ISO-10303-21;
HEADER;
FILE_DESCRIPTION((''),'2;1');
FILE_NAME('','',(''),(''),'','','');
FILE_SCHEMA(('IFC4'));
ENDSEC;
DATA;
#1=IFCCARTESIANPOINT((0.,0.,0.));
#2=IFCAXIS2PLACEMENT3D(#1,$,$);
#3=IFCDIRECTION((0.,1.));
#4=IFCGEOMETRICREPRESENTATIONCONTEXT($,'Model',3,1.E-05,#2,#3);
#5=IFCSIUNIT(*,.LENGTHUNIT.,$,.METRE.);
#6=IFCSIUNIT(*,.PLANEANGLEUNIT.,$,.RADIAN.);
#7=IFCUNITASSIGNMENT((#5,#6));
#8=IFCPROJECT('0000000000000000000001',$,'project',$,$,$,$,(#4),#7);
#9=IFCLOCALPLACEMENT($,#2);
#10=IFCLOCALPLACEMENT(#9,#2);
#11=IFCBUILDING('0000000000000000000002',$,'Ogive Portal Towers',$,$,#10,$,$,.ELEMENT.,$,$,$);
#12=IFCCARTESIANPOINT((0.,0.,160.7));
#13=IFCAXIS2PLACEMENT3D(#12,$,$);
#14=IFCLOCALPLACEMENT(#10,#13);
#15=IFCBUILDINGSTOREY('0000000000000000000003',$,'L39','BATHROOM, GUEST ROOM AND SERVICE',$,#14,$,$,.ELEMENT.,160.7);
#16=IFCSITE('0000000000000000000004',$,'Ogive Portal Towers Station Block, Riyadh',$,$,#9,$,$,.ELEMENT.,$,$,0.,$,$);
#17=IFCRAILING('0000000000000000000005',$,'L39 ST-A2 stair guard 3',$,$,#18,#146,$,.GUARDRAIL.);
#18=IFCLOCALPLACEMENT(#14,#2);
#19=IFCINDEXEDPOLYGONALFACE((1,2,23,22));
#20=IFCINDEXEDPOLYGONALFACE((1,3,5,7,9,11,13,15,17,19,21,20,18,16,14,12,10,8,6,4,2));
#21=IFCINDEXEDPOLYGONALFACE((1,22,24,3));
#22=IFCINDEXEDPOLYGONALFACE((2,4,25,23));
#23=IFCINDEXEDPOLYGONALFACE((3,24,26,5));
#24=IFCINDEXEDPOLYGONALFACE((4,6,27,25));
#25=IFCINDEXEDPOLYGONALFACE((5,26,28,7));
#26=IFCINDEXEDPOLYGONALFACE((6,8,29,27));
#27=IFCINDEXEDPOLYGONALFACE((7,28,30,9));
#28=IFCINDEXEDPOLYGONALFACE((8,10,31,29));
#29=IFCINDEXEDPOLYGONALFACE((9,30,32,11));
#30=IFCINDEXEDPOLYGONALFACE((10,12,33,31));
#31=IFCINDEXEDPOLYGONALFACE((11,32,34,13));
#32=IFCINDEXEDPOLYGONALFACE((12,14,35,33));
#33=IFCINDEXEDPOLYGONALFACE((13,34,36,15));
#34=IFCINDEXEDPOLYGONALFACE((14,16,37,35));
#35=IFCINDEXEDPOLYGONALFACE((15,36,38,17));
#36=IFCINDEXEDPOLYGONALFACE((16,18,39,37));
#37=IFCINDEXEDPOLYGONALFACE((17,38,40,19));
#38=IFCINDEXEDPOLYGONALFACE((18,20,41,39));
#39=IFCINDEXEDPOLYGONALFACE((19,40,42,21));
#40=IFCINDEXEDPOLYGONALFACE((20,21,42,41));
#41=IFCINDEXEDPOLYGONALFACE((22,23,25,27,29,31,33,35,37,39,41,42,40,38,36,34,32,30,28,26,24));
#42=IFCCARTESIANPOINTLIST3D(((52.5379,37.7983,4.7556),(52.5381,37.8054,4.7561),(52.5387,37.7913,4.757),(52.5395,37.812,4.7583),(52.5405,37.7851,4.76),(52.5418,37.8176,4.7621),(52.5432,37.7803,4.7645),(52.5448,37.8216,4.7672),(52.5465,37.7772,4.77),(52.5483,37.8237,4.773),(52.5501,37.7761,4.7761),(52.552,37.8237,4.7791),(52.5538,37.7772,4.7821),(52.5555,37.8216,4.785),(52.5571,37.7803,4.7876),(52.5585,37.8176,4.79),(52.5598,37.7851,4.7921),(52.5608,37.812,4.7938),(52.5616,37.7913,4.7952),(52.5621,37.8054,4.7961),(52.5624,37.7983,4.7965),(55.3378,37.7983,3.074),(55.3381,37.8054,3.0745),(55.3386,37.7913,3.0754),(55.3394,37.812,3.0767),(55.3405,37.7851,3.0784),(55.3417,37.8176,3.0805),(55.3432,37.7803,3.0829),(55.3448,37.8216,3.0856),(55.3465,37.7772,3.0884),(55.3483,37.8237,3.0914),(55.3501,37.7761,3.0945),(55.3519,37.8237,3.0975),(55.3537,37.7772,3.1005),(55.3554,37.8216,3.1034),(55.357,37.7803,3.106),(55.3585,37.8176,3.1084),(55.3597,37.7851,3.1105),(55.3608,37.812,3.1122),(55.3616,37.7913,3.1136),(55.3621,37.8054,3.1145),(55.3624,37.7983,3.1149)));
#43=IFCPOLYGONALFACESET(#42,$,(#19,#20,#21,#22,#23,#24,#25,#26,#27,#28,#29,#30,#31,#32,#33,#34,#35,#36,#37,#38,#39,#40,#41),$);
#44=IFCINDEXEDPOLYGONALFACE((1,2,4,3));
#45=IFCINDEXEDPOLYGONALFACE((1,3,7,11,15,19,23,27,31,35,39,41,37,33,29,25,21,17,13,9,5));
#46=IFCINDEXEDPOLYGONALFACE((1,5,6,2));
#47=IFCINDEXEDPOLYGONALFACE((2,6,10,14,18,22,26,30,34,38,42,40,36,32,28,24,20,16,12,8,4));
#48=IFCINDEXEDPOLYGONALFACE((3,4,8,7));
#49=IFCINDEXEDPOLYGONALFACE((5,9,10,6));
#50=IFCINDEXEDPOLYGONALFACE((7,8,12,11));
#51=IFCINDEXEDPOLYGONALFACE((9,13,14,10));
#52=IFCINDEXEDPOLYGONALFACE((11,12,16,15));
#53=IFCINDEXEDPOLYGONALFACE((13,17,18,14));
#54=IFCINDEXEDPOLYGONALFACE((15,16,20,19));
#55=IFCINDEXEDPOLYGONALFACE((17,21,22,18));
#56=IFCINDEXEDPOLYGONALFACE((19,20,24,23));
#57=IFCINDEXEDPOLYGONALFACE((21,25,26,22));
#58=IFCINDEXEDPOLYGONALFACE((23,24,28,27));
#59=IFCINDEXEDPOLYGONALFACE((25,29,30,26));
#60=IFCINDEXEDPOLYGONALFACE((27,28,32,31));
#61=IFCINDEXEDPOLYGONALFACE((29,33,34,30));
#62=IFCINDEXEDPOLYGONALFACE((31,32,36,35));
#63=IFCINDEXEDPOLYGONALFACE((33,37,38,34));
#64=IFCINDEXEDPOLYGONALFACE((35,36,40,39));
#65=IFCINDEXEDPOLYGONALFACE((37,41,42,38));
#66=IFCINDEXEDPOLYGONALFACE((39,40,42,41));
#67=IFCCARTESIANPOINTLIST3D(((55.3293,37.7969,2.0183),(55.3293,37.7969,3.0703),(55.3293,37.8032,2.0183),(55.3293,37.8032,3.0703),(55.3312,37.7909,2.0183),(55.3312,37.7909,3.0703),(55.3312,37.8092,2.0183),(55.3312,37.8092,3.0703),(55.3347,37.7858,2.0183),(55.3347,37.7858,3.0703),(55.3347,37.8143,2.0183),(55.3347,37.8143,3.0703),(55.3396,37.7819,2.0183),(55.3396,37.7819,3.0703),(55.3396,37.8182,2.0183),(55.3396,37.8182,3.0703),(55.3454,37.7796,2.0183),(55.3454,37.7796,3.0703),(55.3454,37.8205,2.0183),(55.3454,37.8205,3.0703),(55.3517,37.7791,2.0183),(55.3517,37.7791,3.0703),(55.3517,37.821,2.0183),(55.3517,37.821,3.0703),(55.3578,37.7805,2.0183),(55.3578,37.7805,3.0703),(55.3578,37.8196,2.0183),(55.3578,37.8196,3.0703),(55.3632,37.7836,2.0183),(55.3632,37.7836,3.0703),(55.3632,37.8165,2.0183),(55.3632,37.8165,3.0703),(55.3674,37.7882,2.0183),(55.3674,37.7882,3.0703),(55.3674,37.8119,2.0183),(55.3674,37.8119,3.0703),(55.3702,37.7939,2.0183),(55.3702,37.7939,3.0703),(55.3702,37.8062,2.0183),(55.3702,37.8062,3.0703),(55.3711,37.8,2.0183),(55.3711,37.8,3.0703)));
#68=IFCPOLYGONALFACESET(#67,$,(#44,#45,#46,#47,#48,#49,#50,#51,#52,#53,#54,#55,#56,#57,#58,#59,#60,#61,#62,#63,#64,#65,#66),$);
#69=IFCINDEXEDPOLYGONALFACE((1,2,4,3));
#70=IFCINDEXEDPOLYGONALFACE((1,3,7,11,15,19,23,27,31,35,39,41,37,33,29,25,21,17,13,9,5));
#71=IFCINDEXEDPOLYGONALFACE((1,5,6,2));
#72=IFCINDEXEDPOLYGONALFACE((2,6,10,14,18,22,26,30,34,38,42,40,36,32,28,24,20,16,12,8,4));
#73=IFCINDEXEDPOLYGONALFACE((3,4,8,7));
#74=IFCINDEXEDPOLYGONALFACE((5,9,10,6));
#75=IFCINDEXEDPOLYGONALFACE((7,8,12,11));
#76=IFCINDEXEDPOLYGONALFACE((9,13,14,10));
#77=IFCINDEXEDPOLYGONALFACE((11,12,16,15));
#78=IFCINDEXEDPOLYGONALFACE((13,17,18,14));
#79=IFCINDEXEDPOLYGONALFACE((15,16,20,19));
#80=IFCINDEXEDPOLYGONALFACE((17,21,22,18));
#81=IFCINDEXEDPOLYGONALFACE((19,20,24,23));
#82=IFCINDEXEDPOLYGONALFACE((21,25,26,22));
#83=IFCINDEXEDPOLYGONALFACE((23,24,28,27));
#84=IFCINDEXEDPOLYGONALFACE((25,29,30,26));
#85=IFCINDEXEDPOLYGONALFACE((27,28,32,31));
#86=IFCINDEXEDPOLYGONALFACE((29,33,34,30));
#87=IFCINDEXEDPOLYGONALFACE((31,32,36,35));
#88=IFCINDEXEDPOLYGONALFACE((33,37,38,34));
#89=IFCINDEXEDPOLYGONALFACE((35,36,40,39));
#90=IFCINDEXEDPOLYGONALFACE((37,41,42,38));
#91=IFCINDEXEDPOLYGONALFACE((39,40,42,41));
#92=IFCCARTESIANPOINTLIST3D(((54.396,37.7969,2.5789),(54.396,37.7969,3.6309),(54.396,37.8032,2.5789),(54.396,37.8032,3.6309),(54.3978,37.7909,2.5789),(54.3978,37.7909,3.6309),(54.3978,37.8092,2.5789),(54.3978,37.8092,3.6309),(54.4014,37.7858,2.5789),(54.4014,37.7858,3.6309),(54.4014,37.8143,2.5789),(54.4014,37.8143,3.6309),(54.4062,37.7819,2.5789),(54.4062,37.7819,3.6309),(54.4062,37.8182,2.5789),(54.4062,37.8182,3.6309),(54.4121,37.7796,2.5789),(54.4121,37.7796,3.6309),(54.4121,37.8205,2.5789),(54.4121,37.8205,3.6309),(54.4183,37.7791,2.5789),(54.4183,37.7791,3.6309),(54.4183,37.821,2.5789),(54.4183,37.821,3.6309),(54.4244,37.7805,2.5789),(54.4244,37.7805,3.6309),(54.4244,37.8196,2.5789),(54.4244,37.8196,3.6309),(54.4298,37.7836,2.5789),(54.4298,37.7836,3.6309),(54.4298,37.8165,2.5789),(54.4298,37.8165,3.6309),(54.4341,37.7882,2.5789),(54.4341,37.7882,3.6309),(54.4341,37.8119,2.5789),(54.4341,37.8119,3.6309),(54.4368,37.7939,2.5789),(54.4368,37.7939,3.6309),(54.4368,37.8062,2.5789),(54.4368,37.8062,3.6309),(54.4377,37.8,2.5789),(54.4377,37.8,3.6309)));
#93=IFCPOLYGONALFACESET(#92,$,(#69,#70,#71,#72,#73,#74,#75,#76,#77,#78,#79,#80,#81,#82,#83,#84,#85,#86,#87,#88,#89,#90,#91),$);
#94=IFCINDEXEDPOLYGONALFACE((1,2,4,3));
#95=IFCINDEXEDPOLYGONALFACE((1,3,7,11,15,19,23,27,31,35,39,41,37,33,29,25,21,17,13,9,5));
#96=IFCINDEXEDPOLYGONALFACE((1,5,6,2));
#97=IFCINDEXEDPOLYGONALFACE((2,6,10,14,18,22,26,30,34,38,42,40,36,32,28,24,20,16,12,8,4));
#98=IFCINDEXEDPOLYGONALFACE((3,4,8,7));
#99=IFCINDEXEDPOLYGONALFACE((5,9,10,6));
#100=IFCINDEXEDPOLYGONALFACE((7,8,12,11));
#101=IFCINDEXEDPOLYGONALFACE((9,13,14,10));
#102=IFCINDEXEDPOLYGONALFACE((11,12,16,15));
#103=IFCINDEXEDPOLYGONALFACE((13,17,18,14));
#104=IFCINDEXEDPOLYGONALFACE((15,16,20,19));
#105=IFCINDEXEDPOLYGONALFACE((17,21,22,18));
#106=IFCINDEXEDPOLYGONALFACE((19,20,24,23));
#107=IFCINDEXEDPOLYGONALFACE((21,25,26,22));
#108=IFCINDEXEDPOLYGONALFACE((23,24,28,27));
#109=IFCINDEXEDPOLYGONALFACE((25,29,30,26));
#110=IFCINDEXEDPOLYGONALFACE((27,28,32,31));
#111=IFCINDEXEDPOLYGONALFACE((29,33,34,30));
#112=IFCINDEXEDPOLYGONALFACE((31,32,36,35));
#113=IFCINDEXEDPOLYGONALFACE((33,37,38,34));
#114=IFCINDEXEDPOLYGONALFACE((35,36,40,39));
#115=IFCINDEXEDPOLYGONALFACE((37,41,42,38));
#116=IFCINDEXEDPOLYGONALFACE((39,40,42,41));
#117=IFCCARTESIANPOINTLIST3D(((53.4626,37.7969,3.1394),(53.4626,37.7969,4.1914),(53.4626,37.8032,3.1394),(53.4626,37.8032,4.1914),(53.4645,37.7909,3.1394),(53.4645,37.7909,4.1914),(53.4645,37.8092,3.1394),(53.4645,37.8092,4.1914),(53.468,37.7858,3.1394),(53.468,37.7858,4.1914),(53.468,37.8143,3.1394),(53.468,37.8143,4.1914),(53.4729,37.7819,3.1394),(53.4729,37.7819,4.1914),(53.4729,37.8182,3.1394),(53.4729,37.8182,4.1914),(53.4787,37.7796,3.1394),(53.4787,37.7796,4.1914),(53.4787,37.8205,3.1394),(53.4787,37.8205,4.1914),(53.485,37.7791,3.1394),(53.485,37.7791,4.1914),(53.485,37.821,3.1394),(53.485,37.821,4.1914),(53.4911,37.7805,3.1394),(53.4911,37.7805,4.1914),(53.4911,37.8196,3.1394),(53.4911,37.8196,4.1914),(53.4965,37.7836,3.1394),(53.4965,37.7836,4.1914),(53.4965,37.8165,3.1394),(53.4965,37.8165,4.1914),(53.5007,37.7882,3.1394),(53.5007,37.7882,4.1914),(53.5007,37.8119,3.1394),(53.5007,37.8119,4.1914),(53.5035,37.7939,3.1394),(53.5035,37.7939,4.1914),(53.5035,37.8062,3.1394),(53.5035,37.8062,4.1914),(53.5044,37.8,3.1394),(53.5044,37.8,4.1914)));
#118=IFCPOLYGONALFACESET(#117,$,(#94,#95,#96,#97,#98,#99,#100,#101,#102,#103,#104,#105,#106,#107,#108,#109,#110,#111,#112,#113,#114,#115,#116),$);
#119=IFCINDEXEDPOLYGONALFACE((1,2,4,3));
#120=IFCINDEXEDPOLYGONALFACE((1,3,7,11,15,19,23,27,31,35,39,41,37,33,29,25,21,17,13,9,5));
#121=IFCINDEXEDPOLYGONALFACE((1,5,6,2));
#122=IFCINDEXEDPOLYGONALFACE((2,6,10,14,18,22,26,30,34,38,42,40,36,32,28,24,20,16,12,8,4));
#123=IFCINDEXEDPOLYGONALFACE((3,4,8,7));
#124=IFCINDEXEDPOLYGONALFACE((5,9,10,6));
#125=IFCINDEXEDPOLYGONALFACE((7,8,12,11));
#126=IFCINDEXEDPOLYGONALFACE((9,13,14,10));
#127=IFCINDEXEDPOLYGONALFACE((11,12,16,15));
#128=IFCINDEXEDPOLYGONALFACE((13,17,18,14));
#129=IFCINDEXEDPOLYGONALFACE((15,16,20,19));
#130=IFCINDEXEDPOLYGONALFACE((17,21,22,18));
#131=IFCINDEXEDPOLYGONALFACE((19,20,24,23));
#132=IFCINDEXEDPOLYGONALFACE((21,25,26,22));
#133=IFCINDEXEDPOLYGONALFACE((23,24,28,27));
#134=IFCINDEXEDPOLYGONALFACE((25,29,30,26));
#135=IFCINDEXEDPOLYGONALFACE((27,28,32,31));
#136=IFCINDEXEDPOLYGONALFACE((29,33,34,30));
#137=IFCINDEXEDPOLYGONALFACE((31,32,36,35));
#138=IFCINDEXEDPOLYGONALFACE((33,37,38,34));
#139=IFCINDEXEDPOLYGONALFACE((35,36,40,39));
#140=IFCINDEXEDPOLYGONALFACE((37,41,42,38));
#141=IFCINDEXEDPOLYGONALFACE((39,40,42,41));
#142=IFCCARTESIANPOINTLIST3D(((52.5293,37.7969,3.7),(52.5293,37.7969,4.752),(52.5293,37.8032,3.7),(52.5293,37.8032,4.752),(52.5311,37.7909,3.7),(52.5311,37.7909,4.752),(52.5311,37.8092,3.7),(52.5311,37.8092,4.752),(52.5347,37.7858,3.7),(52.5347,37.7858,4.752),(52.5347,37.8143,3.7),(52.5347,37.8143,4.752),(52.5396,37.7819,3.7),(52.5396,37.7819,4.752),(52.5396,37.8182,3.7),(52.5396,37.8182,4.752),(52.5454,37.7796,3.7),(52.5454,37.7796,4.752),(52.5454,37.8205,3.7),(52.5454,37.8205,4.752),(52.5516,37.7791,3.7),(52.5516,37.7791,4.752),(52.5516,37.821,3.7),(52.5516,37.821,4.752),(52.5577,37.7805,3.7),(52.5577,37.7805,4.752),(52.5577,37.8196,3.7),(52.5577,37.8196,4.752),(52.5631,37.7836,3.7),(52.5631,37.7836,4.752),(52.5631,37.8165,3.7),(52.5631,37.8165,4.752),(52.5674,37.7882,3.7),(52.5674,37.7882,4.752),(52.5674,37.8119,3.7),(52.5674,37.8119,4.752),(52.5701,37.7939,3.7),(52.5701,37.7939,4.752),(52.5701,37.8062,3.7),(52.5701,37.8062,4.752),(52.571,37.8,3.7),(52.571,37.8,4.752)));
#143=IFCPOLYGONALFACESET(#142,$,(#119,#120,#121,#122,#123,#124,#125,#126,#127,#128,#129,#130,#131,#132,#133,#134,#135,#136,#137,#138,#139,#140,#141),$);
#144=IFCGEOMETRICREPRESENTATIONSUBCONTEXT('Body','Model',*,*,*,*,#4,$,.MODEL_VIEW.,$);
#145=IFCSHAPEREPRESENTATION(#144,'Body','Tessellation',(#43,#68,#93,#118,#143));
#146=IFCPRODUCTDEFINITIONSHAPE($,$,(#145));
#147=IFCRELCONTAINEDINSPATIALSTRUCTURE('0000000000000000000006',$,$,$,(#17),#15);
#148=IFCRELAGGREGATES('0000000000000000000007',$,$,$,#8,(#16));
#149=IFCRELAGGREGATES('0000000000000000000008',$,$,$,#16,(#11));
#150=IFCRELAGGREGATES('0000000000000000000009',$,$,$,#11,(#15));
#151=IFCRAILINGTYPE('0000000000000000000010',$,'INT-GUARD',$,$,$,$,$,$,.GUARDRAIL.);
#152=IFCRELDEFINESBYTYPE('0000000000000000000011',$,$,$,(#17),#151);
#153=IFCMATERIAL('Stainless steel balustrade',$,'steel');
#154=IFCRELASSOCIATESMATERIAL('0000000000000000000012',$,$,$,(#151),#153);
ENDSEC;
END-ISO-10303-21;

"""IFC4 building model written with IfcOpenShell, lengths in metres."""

from ifc_helpers import new_model, si_unit, direction, frame, origin, origin_2d, place, context, subcontext, project, spatial, circle, extrude, material, type_object, element, save


model = new_model("IFC4")

# Units and contexts
model_context = context("Model", 3, precision=1e-05, world=origin(), true_north=direction((0.0, 1.0)))
body_context = subcontext(model_context, "Body", "Model", "MODEL_VIEW")
ifc_project = project(units=[si_unit("LENGTHUNIT", "METRE"), si_unit("PLANEANGLEUNIT", "RADIAN")], contexts=[model_context])

# Site, building, storey
site_placement = place(None, origin())
site = spatial("IfcSite", under=ifc_project, at=site_placement, Name="Ogive Portal Towers Station Block, Riyadh", CompositionType="ELEMENT", RefElevation=0.0)
building_placement = place(site_placement, origin())
building = spatial("IfcBuilding", under=site, at=building_placement, Name="Ogive Portal Towers", CompositionType="ELEMENT")
storey_placement = place(building_placement, frame((0.0, 0.0, 160.7)))
storey = spatial("IfcBuildingStorey", under=building, at=storey_placement, Name="L39", Description="BATHROOM, GUEST ROOM AND SERVICE", CompositionType="ELEMENT", Elevation=160.7)

# Railing
ifc_material_1 = material(Name="Stainless steel balustrade", Category="steel")
railing_type_1 = type_object("IfcRailingType", Name="INT-GUARD", PredefinedType="GUARDRAIL", material=ifc_material_1)
railing_1_placement = place(storey_placement, frame((55.3501, 37.8, 2.0183)))
element("IfcRailing", 1, at=railing_1_placement, inside=storey, type_object=railing_type_1, Name="L39 ST-A2 stair guard 3", PredefinedType="GUARDRAIL", context=body_context, shape_type="SweptSolid", body=[
    extrude(circle(Radius=0.0239, at=origin_2d()), frame((0.0, 0.0, 1.0762), z_axis=(-0.857275, 0.0, 0.514858), x_axis=(0.0, -1.0, 0.0)), (0.0, 0.0, 1.0), 3.2661),
    extrude(circle(Radius=0.021, at=origin_2d()), origin(), (0.0, 0.0, 1.0), 1.052),
    extrude(circle(Radius=0.021, at=origin_2d()), frame((-0.9333, 0.0, 0.5605)), (0.0, 0.0, 1.0), 1.052),
    extrude(circle(Radius=0.021, at=origin_2d()), frame((-1.8667, 0.0, 1.1211)), (0.0, 0.0, 1.0), 1.052),
    extrude(circle(Radius=0.021, at=origin_2d()), frame((-2.8, 0.0, 1.6816)), (0.0, 0.0, 1.0), 1.052),
])

save(model, "model.ifc")
